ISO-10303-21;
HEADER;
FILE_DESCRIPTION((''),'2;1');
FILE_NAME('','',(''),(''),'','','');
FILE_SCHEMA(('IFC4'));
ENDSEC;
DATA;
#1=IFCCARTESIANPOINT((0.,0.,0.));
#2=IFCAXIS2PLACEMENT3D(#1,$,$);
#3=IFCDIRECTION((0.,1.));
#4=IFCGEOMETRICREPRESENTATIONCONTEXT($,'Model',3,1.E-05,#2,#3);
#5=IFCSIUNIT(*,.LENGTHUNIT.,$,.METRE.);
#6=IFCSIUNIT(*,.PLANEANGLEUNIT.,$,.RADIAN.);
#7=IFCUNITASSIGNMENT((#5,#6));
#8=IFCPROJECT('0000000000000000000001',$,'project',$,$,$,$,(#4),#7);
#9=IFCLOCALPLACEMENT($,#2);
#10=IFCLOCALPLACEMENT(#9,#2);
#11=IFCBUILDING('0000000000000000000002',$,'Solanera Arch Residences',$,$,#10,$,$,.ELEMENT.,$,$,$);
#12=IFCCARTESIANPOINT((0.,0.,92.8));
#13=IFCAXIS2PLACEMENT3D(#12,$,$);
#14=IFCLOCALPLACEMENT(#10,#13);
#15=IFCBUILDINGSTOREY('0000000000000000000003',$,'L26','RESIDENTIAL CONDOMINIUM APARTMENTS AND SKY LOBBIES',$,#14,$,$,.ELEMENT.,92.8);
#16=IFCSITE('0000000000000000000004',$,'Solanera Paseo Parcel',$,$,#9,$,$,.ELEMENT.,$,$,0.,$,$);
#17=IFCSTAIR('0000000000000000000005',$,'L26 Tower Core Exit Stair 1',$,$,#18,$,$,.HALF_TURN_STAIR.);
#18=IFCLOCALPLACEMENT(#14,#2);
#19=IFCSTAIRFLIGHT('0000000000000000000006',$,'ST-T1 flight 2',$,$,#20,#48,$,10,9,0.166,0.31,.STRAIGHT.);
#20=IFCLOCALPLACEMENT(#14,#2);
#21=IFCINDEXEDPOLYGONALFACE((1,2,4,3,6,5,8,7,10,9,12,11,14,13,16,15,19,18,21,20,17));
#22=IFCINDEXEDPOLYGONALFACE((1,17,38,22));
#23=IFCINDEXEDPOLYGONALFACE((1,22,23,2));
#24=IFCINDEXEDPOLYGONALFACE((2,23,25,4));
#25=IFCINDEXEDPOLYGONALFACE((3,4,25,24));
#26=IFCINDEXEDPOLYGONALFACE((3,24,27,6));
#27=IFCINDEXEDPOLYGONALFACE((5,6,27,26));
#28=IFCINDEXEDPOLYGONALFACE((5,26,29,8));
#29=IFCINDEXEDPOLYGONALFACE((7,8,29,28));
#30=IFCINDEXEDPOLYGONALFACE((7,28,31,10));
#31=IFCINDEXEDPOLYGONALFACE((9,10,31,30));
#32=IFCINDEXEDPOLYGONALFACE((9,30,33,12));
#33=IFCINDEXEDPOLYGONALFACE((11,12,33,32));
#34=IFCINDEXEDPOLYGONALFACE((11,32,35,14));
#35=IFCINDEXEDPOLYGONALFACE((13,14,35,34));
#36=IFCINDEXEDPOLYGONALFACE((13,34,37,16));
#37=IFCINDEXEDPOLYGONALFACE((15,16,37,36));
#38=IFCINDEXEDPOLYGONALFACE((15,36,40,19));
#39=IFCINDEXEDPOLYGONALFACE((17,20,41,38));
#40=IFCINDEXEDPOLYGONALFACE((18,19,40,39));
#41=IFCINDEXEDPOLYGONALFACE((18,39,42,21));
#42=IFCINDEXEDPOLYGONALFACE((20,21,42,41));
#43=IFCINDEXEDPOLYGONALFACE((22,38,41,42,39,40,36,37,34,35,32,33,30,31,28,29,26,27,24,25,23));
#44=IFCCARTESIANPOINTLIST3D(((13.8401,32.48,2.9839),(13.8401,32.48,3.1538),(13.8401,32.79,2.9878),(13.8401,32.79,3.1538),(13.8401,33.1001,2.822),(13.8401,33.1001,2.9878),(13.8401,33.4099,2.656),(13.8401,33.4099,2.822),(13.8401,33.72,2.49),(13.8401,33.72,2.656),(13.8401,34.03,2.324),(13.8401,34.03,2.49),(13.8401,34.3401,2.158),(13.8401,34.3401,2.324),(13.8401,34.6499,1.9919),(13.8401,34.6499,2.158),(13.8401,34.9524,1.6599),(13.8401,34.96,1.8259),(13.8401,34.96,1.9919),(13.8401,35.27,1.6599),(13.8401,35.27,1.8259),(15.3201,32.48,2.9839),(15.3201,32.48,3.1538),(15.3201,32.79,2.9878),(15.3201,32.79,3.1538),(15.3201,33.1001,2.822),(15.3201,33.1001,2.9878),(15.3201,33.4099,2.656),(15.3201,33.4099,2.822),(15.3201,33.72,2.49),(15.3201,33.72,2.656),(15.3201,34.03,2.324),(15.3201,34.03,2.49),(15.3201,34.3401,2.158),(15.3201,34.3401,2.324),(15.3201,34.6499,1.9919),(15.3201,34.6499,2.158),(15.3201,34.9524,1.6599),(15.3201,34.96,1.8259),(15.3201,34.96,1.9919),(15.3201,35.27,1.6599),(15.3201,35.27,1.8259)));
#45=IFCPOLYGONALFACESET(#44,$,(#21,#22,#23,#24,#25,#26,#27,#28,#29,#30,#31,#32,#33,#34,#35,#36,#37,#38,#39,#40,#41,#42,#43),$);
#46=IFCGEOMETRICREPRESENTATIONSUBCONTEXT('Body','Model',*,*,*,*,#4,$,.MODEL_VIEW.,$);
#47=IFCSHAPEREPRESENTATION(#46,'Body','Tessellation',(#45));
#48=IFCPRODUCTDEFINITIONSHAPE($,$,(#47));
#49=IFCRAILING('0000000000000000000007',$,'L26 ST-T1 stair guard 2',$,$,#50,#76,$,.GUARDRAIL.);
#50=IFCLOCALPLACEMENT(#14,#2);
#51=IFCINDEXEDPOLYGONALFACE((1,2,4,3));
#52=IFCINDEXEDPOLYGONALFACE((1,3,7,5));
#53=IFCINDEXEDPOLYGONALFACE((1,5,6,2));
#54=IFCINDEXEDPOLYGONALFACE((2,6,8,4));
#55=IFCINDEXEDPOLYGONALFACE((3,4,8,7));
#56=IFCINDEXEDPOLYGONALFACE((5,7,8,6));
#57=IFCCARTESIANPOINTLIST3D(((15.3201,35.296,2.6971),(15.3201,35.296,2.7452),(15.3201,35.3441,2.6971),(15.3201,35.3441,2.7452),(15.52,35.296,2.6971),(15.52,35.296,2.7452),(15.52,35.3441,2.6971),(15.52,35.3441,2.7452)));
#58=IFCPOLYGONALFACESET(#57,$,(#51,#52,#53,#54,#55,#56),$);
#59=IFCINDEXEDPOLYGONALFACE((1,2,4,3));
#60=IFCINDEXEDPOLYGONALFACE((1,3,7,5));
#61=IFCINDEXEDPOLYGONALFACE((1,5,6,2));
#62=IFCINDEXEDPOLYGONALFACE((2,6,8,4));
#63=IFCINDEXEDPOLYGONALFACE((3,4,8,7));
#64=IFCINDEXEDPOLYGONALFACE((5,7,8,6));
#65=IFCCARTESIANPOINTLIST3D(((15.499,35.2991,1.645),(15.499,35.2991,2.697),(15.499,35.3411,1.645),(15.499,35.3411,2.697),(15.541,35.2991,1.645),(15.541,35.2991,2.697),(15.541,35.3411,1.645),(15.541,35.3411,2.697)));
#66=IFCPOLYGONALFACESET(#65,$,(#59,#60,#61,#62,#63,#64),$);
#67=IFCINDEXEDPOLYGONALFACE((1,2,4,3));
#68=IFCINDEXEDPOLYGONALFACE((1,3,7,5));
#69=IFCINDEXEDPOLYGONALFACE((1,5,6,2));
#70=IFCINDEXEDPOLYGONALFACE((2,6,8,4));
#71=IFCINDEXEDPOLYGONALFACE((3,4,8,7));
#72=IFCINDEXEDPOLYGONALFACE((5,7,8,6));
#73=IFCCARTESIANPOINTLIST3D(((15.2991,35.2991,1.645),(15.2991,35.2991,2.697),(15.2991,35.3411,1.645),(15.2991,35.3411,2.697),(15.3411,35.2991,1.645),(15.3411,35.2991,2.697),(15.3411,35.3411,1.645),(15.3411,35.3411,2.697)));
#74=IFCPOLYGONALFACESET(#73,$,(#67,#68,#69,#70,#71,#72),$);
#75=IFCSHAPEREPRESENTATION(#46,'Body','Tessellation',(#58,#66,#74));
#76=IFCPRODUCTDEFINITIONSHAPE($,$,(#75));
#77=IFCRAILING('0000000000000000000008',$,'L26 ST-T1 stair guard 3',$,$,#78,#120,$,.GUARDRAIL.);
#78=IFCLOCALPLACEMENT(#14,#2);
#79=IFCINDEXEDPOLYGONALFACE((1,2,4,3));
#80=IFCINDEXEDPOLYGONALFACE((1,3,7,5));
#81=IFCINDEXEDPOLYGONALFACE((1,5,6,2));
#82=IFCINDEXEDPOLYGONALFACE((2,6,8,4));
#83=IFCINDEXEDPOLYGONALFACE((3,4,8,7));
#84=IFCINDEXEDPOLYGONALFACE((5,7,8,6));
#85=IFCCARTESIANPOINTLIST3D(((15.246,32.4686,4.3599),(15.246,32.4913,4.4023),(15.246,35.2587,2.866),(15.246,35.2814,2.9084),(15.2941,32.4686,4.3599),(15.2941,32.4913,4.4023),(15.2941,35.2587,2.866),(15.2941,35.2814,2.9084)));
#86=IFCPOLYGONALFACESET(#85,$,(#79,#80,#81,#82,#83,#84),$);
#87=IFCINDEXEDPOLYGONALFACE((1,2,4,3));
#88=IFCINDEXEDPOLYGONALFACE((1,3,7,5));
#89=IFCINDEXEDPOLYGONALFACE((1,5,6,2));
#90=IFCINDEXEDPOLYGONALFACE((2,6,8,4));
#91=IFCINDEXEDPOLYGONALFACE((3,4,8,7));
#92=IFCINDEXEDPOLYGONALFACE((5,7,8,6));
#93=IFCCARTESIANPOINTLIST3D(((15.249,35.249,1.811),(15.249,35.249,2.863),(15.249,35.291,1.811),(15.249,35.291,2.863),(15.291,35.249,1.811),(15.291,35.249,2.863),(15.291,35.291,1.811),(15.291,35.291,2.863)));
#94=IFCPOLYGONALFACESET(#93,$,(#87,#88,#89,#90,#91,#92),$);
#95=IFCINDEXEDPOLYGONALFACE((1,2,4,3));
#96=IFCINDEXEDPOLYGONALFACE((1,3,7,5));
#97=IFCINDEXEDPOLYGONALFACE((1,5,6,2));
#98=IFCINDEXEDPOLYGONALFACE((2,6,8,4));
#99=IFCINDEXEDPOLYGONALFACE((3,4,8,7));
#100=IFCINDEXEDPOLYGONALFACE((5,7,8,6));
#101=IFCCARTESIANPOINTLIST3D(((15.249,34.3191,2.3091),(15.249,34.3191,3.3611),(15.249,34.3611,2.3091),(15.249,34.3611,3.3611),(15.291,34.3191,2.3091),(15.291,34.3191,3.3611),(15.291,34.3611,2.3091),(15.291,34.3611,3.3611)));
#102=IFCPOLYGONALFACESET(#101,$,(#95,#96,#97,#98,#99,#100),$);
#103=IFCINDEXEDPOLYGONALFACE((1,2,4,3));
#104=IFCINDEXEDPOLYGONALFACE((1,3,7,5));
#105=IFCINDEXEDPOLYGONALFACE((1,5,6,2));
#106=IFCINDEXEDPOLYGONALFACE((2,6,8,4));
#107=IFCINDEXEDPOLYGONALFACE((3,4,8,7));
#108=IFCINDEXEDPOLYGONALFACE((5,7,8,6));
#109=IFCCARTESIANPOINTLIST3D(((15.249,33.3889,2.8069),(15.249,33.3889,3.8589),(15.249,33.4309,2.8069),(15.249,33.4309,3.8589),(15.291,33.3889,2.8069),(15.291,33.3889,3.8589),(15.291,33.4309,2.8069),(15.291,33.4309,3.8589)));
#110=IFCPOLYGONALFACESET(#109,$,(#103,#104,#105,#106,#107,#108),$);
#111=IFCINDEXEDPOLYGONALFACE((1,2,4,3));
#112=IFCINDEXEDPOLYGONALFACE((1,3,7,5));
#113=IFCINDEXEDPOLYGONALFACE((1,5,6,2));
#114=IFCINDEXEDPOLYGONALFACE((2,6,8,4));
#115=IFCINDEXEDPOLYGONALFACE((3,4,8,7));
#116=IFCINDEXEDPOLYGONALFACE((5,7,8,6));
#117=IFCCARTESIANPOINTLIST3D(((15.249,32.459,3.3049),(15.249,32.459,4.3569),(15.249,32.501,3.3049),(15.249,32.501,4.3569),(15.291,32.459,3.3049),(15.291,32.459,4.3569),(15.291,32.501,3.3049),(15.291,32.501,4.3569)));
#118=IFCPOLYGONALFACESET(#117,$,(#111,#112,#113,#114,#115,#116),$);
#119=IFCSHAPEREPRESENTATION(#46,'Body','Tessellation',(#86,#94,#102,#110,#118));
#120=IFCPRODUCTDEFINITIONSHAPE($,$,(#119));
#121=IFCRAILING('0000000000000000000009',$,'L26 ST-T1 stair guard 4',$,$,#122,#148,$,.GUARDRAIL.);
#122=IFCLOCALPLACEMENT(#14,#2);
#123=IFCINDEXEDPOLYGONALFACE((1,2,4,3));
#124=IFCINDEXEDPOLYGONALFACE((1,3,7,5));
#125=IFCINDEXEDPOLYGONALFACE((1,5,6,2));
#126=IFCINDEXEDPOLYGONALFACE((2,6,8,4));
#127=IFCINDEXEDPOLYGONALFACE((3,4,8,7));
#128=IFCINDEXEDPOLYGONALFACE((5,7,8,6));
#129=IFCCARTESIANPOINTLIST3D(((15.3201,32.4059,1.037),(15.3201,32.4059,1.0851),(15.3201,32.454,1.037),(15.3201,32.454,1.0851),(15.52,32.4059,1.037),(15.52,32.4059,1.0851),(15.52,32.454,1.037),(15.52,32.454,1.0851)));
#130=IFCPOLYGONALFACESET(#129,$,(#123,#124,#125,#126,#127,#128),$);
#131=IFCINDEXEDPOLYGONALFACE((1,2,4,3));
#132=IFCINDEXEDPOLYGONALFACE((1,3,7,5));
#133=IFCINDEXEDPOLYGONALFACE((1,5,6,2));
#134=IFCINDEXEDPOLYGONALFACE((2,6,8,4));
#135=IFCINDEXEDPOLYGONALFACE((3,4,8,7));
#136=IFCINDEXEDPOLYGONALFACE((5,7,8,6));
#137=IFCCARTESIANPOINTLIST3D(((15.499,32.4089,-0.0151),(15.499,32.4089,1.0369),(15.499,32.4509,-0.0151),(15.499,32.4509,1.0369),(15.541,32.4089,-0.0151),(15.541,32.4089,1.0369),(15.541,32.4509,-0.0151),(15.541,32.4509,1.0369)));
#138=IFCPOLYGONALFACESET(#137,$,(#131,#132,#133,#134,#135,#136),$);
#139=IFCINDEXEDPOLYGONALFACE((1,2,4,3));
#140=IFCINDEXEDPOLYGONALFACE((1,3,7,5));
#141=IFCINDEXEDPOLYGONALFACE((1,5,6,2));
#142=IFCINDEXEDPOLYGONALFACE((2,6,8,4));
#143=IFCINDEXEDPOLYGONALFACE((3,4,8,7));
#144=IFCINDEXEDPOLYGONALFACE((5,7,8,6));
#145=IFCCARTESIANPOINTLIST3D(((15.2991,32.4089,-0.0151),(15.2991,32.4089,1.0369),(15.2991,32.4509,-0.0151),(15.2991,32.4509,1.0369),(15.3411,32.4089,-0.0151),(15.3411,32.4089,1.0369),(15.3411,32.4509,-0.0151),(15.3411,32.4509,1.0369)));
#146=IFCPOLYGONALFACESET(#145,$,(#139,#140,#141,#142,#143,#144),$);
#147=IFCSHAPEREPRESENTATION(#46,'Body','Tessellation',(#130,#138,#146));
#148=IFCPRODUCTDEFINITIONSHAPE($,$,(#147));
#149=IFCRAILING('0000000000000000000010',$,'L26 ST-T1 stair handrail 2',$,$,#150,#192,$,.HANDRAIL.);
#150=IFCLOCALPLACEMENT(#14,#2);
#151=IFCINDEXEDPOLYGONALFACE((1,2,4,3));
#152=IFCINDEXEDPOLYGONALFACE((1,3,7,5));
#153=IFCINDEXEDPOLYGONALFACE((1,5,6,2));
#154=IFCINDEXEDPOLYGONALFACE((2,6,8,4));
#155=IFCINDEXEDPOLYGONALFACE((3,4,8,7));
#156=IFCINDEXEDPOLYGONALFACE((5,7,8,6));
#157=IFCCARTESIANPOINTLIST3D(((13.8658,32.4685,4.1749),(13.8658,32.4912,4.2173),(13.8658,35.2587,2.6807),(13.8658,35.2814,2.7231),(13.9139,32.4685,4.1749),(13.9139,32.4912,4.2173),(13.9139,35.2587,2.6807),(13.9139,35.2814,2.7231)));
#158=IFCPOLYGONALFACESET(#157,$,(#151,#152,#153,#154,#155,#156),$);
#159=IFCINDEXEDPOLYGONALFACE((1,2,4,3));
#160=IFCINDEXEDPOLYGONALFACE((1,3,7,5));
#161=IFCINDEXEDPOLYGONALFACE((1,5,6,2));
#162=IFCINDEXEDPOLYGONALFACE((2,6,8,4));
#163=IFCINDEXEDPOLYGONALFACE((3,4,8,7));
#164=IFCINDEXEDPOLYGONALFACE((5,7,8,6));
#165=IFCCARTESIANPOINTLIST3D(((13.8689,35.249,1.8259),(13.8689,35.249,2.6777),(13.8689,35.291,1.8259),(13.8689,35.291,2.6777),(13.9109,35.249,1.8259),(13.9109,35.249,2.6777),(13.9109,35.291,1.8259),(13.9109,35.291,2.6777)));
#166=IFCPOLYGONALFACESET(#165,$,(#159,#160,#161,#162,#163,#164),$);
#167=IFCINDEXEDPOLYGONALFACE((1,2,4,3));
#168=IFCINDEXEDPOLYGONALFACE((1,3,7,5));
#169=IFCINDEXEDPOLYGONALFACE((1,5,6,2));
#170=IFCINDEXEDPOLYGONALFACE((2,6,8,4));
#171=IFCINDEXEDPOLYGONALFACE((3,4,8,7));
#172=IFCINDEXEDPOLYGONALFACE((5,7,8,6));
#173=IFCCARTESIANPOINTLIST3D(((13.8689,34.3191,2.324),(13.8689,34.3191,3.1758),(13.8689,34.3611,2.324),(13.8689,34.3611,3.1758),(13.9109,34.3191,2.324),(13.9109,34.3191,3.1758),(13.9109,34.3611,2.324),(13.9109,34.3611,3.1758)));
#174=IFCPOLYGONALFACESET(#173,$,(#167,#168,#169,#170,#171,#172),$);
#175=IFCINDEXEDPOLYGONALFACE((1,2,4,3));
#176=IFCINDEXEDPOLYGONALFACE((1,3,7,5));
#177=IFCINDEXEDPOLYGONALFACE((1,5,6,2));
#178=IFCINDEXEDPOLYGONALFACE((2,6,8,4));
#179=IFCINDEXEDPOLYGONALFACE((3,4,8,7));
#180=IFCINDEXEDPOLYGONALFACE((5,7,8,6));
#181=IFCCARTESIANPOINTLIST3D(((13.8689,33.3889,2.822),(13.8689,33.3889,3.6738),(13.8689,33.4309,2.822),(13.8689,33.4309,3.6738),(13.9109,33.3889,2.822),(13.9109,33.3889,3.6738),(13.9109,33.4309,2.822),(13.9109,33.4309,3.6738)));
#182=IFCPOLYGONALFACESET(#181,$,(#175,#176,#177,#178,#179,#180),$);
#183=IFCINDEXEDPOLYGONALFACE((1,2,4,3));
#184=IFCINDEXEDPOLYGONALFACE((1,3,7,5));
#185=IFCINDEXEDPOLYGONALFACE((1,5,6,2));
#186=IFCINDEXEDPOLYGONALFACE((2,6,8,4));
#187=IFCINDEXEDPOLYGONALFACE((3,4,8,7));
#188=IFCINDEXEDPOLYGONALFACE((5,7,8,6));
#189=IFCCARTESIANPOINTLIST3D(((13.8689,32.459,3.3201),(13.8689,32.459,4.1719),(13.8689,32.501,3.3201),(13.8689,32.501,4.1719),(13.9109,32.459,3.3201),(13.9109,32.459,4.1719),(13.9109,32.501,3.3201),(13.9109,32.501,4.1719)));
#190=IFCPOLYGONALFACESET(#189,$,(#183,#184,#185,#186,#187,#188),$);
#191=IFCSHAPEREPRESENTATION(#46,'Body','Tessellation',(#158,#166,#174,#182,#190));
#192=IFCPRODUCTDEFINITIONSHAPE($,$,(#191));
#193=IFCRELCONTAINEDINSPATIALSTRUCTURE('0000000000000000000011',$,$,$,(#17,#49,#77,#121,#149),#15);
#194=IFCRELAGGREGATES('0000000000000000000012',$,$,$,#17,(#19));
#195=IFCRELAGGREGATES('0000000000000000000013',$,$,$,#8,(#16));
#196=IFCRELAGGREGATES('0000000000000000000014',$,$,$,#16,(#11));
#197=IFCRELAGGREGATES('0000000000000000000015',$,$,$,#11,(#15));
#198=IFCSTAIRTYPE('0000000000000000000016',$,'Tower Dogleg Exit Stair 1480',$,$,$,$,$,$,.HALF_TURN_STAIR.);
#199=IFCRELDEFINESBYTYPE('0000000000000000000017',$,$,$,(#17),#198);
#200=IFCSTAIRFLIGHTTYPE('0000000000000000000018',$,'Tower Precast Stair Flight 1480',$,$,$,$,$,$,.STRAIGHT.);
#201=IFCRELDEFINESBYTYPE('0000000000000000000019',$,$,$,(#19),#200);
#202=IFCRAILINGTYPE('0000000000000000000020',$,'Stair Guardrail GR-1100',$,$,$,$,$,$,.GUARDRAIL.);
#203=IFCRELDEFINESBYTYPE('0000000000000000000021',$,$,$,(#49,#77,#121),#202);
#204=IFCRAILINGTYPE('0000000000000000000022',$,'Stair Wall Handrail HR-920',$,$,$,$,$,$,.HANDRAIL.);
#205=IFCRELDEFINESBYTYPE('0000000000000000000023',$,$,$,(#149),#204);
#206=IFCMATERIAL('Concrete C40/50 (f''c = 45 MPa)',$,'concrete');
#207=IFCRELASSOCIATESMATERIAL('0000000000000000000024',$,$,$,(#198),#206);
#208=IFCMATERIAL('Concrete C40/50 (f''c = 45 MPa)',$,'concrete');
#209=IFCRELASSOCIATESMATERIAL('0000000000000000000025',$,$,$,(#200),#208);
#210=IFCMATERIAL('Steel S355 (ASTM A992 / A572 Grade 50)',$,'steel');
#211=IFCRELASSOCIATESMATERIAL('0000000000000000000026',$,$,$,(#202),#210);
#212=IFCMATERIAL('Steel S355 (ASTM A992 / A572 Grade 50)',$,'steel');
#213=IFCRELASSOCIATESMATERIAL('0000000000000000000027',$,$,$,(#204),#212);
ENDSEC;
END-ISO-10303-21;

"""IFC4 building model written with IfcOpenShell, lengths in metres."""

from ifc_helpers import new_model, si_unit, direction, frame, origin, origin_2d, place, context, subcontext, project, spatial, polyline, rectangle, outline, extrude, material, type_object, element, aggregate, save


model = new_model("IFC4")

# Units and contexts
model_context = context("Model", 3, precision=1e-05, world=origin(), true_north=direction((0.0, 1.0)))
body_context = subcontext(model_context, "Body", "Model", "MODEL_VIEW")
ifc_project = project(units=[si_unit("LENGTHUNIT", "METRE"), si_unit("PLANEANGLEUNIT", "RADIAN")], contexts=[model_context])

# Site, building, storey
site_placement = place(None, origin())
site = spatial("IfcSite", under=ifc_project, at=site_placement, Name="Solanera Paseo Parcel", CompositionType="ELEMENT", RefElevation=0.0)
building_placement = place(site_placement, origin())
building = spatial("IfcBuilding", under=site, at=building_placement, Name="Solanera Arch Residences", CompositionType="ELEMENT")
storey_placement = place(building_placement, frame((0.0, 0.0, 92.8)))
storey = spatial("IfcBuildingStorey", under=building, at=storey_placement, Name="L26", Description="RESIDENTIAL CONDOMINIUM APARTMENTS AND SKY LOBBIES", CompositionType="ELEMENT", Elevation=92.8)

# Stair, stair flight
ifc_material_1 = material(Name="Concrete C40/50 (f'c = 45 MPa)", Category="concrete")
stair_type = type_object("IfcStairType", Name="Tower Dogleg Exit Stair 1480", PredefinedType="HALF_TURN_STAIR", material=ifc_material_1)
stair_placement = place(storey_placement, origin())
stair = element("IfcStair", 1, at=stair_placement, inside=storey, type_object=stair_type, Name="L26 Tower Core Exit Stair 1", PredefinedType="HALF_TURN_STAIR")
ifc_material_2 = material(Name="Concrete C40/50 (f'c = 45 MPa)", Category="concrete")
stair_flight_type = type_object("IfcStairFlightType", Name="Tower Precast Stair Flight 1480", PredefinedType="STRAIGHT", material=ifc_material_2)
stair_flight_placement = place(storey_placement, frame((14.5801, 35.27, 1.6599), z_axis=(0.0, 0.0, 1.0), x_axis=(0.0, -1.0, 0.0)))
stair_flight = element("IfcStairFlight", 2, at=stair_flight_placement, type_object=stair_flight_type, Name="ST-T1 flight 2", NumberOfRisers=10, NumberOfTreads=9, PredefinedType="STRAIGHT", RiserHeight=0.166, TreadLength=0.31, context=body_context, shape_type="SweptSolid", body=[
    extrude(outline(polyline([(0.0, 0.0), (0.0, 0.166), (0.3101, 0.166), (0.3101, 0.332), (0.6201, 0.332), (0.6201, 0.498), (0.9299, 0.498), (0.9299, 0.6641), (1.24, 0.6641), (1.24, 0.8301), (1.55, 0.8301), (1.55, 0.9961), (1.8601, 0.9961), (1.8601, 1.1621), (2.1699, 1.1621), (2.1699, 1.3279), (2.48, 1.3279), (2.48, 1.4939), (2.79, 1.4939), (2.79, 1.6599), (2.79, 1.324), (0.3176, 0.0), (0.0, 0.0)])), frame((0.0, 0.74, 0.0), z_axis=(0.0, -1.0, 0.0), x_axis=(1.0, 0.0, 0.0)), (0.0, 0.0, 1.0), 1.48),
])
aggregate(stair, [stair_flight])

# Railings
ifc_material_3 = material(Name="Steel S355 (ASTM A992 / A572 Grade 50)", Category="steel")
railing_type_1 = type_object("IfcRailingType", Name="Stair Guardrail GR-1100", PredefinedType="GUARDRAIL", material=ifc_material_3)
railing_1_placement = place(storey_placement, frame((15.52, 35.3201, 1.645)))
element("IfcRailing", 3, at=railing_1_placement, inside=storey, type_object=railing_type_1, Name="L26 ST-T1 stair guard 2", PredefinedType="GUARDRAIL", context=body_context, shape_type="SweptSolid", body=[
    extrude(rectangle(XDim=0.0481, YDim=0.0481, at=origin_2d()), frame((0.0, 0.0, 1.0762), z_axis=(-1.0, 0.0, 0.0), x_axis=(0.0, -1.0, 0.0)), (0.0, 0.0, 1.0), 0.2),
    extrude(rectangle(XDim=0.042, YDim=0.042, at=origin_2d()), origin(), (0.0, 0.0, 1.0), 1.052),
    extrude(rectangle(XDim=0.042, YDim=0.042, at=origin_2d()), frame((-0.2, 0.0, 0.0)), (0.0, 0.0, 1.0), 1.052),
])
railing_2_placement = place(storey_placement, frame((15.27, 35.27, 1.811)))
element("IfcRailing", 4, at=railing_2_placement, inside=storey, type_object=railing_type_1, Name="L26 ST-T1 stair guard 3", PredefinedType="GUARDRAIL", context=body_context, shape_type="SweptSolid", body=[
    extrude(rectangle(XDim=0.0481, YDim=0.0481, at=origin_2d()), frame((0.0, 0.0, 1.0762), z_axis=(0.0, -0.881581, 0.472033), x_axis=(1.0, 0.0, 0.0)), (0.0, 0.0, 1.0), 3.1648),
    extrude(rectangle(XDim=0.042, YDim=0.042, at=origin_2d()), origin(), (0.0, 0.0, 1.0), 1.052),
    extrude(rectangle(XDim=0.042, YDim=0.042, at=origin_2d()), frame((0.0, -0.9299, 0.498)), (0.0, 0.0, 1.0), 1.052),
    extrude(rectangle(XDim=0.042, YDim=0.042, at=origin_2d()), frame((0.0, -1.8601, 0.9958)), (0.0, 0.0, 1.0), 1.052),
    extrude(rectangle(XDim=0.042, YDim=0.042, at=origin_2d()), frame((0.0, -2.79, 1.4939)), (0.0, 0.0, 1.0), 1.052),
])
railing_3_placement = place(storey_placement, frame((15.52, 32.4299, -0.0151)))
element("IfcRailing", 5, at=railing_3_placement, inside=storey, type_object=railing_type_1, Name="L26 ST-T1 stair guard 4", PredefinedType="GUARDRAIL", context=body_context, shape_type="SweptSolid", body=[
    extrude(rectangle(XDim=0.0481, YDim=0.0481, at=origin_2d()), frame((0.0, 0.0, 1.0762), z_axis=(-1.0, 0.0, 0.0), x_axis=(0.0, -1.0, 0.0)), (0.0, 0.0, 1.0), 0.2),
    extrude(rectangle(XDim=0.042, YDim=0.042, at=origin_2d()), origin(), (0.0, 0.0, 1.0), 1.052),
    extrude(rectangle(XDim=0.042, YDim=0.042, at=origin_2d()), frame((-0.2, 0.0, 0.0)), (0.0, 0.0, 1.0), 1.052),
])
ifc_material_4 = material(Name="Steel S355 (ASTM A992 / A572 Grade 50)", Category="steel")
railing_type_2 = type_object("IfcRailingType", Name="Stair Wall Handrail HR-920", PredefinedType="HANDRAIL", material=ifc_material_4)
railing_4_placement = place(storey_placement, frame((13.8899, 35.27, 1.8259)))
element("IfcRailing", 6, at=railing_4_placement, inside=storey, type_object=railing_type_2, Name="L26 ST-T1 stair handrail 2", PredefinedType="HANDRAIL", context=body_context, shape_type="SweptSolid", body=[
    extrude(rectangle(XDim=0.0481, YDim=0.0481, at=origin_2d()), frame((0.0, 0.0, 0.876), z_axis=(0.0, -0.881549, 0.472093), x_axis=(1.0, 0.0, 0.0)), (0.0, 0.0, 1.0), 3.165),
    extrude(rectangle(XDim=0.042, YDim=0.042, at=origin_2d()), origin(), (0.0, 0.0, 1.0), 0.8518),
    extrude(rectangle(XDim=0.042, YDim=0.042, at=origin_2d()), frame((0.0, -0.9299, 0.498)), (0.0, 0.0, 1.0), 0.8518),
    extrude(rectangle(XDim=0.042, YDim=0.042, at=origin_2d()), frame((0.0, -1.8601, 0.9961)), (0.0, 0.0, 1.0), 0.8518),
    extrude(rectangle(XDim=0.042, YDim=0.042, at=origin_2d()), frame((0.0, -2.79, 1.4941)), (0.0, 0.0, 1.0), 0.8518),
])

save(model, "model.ifc")
